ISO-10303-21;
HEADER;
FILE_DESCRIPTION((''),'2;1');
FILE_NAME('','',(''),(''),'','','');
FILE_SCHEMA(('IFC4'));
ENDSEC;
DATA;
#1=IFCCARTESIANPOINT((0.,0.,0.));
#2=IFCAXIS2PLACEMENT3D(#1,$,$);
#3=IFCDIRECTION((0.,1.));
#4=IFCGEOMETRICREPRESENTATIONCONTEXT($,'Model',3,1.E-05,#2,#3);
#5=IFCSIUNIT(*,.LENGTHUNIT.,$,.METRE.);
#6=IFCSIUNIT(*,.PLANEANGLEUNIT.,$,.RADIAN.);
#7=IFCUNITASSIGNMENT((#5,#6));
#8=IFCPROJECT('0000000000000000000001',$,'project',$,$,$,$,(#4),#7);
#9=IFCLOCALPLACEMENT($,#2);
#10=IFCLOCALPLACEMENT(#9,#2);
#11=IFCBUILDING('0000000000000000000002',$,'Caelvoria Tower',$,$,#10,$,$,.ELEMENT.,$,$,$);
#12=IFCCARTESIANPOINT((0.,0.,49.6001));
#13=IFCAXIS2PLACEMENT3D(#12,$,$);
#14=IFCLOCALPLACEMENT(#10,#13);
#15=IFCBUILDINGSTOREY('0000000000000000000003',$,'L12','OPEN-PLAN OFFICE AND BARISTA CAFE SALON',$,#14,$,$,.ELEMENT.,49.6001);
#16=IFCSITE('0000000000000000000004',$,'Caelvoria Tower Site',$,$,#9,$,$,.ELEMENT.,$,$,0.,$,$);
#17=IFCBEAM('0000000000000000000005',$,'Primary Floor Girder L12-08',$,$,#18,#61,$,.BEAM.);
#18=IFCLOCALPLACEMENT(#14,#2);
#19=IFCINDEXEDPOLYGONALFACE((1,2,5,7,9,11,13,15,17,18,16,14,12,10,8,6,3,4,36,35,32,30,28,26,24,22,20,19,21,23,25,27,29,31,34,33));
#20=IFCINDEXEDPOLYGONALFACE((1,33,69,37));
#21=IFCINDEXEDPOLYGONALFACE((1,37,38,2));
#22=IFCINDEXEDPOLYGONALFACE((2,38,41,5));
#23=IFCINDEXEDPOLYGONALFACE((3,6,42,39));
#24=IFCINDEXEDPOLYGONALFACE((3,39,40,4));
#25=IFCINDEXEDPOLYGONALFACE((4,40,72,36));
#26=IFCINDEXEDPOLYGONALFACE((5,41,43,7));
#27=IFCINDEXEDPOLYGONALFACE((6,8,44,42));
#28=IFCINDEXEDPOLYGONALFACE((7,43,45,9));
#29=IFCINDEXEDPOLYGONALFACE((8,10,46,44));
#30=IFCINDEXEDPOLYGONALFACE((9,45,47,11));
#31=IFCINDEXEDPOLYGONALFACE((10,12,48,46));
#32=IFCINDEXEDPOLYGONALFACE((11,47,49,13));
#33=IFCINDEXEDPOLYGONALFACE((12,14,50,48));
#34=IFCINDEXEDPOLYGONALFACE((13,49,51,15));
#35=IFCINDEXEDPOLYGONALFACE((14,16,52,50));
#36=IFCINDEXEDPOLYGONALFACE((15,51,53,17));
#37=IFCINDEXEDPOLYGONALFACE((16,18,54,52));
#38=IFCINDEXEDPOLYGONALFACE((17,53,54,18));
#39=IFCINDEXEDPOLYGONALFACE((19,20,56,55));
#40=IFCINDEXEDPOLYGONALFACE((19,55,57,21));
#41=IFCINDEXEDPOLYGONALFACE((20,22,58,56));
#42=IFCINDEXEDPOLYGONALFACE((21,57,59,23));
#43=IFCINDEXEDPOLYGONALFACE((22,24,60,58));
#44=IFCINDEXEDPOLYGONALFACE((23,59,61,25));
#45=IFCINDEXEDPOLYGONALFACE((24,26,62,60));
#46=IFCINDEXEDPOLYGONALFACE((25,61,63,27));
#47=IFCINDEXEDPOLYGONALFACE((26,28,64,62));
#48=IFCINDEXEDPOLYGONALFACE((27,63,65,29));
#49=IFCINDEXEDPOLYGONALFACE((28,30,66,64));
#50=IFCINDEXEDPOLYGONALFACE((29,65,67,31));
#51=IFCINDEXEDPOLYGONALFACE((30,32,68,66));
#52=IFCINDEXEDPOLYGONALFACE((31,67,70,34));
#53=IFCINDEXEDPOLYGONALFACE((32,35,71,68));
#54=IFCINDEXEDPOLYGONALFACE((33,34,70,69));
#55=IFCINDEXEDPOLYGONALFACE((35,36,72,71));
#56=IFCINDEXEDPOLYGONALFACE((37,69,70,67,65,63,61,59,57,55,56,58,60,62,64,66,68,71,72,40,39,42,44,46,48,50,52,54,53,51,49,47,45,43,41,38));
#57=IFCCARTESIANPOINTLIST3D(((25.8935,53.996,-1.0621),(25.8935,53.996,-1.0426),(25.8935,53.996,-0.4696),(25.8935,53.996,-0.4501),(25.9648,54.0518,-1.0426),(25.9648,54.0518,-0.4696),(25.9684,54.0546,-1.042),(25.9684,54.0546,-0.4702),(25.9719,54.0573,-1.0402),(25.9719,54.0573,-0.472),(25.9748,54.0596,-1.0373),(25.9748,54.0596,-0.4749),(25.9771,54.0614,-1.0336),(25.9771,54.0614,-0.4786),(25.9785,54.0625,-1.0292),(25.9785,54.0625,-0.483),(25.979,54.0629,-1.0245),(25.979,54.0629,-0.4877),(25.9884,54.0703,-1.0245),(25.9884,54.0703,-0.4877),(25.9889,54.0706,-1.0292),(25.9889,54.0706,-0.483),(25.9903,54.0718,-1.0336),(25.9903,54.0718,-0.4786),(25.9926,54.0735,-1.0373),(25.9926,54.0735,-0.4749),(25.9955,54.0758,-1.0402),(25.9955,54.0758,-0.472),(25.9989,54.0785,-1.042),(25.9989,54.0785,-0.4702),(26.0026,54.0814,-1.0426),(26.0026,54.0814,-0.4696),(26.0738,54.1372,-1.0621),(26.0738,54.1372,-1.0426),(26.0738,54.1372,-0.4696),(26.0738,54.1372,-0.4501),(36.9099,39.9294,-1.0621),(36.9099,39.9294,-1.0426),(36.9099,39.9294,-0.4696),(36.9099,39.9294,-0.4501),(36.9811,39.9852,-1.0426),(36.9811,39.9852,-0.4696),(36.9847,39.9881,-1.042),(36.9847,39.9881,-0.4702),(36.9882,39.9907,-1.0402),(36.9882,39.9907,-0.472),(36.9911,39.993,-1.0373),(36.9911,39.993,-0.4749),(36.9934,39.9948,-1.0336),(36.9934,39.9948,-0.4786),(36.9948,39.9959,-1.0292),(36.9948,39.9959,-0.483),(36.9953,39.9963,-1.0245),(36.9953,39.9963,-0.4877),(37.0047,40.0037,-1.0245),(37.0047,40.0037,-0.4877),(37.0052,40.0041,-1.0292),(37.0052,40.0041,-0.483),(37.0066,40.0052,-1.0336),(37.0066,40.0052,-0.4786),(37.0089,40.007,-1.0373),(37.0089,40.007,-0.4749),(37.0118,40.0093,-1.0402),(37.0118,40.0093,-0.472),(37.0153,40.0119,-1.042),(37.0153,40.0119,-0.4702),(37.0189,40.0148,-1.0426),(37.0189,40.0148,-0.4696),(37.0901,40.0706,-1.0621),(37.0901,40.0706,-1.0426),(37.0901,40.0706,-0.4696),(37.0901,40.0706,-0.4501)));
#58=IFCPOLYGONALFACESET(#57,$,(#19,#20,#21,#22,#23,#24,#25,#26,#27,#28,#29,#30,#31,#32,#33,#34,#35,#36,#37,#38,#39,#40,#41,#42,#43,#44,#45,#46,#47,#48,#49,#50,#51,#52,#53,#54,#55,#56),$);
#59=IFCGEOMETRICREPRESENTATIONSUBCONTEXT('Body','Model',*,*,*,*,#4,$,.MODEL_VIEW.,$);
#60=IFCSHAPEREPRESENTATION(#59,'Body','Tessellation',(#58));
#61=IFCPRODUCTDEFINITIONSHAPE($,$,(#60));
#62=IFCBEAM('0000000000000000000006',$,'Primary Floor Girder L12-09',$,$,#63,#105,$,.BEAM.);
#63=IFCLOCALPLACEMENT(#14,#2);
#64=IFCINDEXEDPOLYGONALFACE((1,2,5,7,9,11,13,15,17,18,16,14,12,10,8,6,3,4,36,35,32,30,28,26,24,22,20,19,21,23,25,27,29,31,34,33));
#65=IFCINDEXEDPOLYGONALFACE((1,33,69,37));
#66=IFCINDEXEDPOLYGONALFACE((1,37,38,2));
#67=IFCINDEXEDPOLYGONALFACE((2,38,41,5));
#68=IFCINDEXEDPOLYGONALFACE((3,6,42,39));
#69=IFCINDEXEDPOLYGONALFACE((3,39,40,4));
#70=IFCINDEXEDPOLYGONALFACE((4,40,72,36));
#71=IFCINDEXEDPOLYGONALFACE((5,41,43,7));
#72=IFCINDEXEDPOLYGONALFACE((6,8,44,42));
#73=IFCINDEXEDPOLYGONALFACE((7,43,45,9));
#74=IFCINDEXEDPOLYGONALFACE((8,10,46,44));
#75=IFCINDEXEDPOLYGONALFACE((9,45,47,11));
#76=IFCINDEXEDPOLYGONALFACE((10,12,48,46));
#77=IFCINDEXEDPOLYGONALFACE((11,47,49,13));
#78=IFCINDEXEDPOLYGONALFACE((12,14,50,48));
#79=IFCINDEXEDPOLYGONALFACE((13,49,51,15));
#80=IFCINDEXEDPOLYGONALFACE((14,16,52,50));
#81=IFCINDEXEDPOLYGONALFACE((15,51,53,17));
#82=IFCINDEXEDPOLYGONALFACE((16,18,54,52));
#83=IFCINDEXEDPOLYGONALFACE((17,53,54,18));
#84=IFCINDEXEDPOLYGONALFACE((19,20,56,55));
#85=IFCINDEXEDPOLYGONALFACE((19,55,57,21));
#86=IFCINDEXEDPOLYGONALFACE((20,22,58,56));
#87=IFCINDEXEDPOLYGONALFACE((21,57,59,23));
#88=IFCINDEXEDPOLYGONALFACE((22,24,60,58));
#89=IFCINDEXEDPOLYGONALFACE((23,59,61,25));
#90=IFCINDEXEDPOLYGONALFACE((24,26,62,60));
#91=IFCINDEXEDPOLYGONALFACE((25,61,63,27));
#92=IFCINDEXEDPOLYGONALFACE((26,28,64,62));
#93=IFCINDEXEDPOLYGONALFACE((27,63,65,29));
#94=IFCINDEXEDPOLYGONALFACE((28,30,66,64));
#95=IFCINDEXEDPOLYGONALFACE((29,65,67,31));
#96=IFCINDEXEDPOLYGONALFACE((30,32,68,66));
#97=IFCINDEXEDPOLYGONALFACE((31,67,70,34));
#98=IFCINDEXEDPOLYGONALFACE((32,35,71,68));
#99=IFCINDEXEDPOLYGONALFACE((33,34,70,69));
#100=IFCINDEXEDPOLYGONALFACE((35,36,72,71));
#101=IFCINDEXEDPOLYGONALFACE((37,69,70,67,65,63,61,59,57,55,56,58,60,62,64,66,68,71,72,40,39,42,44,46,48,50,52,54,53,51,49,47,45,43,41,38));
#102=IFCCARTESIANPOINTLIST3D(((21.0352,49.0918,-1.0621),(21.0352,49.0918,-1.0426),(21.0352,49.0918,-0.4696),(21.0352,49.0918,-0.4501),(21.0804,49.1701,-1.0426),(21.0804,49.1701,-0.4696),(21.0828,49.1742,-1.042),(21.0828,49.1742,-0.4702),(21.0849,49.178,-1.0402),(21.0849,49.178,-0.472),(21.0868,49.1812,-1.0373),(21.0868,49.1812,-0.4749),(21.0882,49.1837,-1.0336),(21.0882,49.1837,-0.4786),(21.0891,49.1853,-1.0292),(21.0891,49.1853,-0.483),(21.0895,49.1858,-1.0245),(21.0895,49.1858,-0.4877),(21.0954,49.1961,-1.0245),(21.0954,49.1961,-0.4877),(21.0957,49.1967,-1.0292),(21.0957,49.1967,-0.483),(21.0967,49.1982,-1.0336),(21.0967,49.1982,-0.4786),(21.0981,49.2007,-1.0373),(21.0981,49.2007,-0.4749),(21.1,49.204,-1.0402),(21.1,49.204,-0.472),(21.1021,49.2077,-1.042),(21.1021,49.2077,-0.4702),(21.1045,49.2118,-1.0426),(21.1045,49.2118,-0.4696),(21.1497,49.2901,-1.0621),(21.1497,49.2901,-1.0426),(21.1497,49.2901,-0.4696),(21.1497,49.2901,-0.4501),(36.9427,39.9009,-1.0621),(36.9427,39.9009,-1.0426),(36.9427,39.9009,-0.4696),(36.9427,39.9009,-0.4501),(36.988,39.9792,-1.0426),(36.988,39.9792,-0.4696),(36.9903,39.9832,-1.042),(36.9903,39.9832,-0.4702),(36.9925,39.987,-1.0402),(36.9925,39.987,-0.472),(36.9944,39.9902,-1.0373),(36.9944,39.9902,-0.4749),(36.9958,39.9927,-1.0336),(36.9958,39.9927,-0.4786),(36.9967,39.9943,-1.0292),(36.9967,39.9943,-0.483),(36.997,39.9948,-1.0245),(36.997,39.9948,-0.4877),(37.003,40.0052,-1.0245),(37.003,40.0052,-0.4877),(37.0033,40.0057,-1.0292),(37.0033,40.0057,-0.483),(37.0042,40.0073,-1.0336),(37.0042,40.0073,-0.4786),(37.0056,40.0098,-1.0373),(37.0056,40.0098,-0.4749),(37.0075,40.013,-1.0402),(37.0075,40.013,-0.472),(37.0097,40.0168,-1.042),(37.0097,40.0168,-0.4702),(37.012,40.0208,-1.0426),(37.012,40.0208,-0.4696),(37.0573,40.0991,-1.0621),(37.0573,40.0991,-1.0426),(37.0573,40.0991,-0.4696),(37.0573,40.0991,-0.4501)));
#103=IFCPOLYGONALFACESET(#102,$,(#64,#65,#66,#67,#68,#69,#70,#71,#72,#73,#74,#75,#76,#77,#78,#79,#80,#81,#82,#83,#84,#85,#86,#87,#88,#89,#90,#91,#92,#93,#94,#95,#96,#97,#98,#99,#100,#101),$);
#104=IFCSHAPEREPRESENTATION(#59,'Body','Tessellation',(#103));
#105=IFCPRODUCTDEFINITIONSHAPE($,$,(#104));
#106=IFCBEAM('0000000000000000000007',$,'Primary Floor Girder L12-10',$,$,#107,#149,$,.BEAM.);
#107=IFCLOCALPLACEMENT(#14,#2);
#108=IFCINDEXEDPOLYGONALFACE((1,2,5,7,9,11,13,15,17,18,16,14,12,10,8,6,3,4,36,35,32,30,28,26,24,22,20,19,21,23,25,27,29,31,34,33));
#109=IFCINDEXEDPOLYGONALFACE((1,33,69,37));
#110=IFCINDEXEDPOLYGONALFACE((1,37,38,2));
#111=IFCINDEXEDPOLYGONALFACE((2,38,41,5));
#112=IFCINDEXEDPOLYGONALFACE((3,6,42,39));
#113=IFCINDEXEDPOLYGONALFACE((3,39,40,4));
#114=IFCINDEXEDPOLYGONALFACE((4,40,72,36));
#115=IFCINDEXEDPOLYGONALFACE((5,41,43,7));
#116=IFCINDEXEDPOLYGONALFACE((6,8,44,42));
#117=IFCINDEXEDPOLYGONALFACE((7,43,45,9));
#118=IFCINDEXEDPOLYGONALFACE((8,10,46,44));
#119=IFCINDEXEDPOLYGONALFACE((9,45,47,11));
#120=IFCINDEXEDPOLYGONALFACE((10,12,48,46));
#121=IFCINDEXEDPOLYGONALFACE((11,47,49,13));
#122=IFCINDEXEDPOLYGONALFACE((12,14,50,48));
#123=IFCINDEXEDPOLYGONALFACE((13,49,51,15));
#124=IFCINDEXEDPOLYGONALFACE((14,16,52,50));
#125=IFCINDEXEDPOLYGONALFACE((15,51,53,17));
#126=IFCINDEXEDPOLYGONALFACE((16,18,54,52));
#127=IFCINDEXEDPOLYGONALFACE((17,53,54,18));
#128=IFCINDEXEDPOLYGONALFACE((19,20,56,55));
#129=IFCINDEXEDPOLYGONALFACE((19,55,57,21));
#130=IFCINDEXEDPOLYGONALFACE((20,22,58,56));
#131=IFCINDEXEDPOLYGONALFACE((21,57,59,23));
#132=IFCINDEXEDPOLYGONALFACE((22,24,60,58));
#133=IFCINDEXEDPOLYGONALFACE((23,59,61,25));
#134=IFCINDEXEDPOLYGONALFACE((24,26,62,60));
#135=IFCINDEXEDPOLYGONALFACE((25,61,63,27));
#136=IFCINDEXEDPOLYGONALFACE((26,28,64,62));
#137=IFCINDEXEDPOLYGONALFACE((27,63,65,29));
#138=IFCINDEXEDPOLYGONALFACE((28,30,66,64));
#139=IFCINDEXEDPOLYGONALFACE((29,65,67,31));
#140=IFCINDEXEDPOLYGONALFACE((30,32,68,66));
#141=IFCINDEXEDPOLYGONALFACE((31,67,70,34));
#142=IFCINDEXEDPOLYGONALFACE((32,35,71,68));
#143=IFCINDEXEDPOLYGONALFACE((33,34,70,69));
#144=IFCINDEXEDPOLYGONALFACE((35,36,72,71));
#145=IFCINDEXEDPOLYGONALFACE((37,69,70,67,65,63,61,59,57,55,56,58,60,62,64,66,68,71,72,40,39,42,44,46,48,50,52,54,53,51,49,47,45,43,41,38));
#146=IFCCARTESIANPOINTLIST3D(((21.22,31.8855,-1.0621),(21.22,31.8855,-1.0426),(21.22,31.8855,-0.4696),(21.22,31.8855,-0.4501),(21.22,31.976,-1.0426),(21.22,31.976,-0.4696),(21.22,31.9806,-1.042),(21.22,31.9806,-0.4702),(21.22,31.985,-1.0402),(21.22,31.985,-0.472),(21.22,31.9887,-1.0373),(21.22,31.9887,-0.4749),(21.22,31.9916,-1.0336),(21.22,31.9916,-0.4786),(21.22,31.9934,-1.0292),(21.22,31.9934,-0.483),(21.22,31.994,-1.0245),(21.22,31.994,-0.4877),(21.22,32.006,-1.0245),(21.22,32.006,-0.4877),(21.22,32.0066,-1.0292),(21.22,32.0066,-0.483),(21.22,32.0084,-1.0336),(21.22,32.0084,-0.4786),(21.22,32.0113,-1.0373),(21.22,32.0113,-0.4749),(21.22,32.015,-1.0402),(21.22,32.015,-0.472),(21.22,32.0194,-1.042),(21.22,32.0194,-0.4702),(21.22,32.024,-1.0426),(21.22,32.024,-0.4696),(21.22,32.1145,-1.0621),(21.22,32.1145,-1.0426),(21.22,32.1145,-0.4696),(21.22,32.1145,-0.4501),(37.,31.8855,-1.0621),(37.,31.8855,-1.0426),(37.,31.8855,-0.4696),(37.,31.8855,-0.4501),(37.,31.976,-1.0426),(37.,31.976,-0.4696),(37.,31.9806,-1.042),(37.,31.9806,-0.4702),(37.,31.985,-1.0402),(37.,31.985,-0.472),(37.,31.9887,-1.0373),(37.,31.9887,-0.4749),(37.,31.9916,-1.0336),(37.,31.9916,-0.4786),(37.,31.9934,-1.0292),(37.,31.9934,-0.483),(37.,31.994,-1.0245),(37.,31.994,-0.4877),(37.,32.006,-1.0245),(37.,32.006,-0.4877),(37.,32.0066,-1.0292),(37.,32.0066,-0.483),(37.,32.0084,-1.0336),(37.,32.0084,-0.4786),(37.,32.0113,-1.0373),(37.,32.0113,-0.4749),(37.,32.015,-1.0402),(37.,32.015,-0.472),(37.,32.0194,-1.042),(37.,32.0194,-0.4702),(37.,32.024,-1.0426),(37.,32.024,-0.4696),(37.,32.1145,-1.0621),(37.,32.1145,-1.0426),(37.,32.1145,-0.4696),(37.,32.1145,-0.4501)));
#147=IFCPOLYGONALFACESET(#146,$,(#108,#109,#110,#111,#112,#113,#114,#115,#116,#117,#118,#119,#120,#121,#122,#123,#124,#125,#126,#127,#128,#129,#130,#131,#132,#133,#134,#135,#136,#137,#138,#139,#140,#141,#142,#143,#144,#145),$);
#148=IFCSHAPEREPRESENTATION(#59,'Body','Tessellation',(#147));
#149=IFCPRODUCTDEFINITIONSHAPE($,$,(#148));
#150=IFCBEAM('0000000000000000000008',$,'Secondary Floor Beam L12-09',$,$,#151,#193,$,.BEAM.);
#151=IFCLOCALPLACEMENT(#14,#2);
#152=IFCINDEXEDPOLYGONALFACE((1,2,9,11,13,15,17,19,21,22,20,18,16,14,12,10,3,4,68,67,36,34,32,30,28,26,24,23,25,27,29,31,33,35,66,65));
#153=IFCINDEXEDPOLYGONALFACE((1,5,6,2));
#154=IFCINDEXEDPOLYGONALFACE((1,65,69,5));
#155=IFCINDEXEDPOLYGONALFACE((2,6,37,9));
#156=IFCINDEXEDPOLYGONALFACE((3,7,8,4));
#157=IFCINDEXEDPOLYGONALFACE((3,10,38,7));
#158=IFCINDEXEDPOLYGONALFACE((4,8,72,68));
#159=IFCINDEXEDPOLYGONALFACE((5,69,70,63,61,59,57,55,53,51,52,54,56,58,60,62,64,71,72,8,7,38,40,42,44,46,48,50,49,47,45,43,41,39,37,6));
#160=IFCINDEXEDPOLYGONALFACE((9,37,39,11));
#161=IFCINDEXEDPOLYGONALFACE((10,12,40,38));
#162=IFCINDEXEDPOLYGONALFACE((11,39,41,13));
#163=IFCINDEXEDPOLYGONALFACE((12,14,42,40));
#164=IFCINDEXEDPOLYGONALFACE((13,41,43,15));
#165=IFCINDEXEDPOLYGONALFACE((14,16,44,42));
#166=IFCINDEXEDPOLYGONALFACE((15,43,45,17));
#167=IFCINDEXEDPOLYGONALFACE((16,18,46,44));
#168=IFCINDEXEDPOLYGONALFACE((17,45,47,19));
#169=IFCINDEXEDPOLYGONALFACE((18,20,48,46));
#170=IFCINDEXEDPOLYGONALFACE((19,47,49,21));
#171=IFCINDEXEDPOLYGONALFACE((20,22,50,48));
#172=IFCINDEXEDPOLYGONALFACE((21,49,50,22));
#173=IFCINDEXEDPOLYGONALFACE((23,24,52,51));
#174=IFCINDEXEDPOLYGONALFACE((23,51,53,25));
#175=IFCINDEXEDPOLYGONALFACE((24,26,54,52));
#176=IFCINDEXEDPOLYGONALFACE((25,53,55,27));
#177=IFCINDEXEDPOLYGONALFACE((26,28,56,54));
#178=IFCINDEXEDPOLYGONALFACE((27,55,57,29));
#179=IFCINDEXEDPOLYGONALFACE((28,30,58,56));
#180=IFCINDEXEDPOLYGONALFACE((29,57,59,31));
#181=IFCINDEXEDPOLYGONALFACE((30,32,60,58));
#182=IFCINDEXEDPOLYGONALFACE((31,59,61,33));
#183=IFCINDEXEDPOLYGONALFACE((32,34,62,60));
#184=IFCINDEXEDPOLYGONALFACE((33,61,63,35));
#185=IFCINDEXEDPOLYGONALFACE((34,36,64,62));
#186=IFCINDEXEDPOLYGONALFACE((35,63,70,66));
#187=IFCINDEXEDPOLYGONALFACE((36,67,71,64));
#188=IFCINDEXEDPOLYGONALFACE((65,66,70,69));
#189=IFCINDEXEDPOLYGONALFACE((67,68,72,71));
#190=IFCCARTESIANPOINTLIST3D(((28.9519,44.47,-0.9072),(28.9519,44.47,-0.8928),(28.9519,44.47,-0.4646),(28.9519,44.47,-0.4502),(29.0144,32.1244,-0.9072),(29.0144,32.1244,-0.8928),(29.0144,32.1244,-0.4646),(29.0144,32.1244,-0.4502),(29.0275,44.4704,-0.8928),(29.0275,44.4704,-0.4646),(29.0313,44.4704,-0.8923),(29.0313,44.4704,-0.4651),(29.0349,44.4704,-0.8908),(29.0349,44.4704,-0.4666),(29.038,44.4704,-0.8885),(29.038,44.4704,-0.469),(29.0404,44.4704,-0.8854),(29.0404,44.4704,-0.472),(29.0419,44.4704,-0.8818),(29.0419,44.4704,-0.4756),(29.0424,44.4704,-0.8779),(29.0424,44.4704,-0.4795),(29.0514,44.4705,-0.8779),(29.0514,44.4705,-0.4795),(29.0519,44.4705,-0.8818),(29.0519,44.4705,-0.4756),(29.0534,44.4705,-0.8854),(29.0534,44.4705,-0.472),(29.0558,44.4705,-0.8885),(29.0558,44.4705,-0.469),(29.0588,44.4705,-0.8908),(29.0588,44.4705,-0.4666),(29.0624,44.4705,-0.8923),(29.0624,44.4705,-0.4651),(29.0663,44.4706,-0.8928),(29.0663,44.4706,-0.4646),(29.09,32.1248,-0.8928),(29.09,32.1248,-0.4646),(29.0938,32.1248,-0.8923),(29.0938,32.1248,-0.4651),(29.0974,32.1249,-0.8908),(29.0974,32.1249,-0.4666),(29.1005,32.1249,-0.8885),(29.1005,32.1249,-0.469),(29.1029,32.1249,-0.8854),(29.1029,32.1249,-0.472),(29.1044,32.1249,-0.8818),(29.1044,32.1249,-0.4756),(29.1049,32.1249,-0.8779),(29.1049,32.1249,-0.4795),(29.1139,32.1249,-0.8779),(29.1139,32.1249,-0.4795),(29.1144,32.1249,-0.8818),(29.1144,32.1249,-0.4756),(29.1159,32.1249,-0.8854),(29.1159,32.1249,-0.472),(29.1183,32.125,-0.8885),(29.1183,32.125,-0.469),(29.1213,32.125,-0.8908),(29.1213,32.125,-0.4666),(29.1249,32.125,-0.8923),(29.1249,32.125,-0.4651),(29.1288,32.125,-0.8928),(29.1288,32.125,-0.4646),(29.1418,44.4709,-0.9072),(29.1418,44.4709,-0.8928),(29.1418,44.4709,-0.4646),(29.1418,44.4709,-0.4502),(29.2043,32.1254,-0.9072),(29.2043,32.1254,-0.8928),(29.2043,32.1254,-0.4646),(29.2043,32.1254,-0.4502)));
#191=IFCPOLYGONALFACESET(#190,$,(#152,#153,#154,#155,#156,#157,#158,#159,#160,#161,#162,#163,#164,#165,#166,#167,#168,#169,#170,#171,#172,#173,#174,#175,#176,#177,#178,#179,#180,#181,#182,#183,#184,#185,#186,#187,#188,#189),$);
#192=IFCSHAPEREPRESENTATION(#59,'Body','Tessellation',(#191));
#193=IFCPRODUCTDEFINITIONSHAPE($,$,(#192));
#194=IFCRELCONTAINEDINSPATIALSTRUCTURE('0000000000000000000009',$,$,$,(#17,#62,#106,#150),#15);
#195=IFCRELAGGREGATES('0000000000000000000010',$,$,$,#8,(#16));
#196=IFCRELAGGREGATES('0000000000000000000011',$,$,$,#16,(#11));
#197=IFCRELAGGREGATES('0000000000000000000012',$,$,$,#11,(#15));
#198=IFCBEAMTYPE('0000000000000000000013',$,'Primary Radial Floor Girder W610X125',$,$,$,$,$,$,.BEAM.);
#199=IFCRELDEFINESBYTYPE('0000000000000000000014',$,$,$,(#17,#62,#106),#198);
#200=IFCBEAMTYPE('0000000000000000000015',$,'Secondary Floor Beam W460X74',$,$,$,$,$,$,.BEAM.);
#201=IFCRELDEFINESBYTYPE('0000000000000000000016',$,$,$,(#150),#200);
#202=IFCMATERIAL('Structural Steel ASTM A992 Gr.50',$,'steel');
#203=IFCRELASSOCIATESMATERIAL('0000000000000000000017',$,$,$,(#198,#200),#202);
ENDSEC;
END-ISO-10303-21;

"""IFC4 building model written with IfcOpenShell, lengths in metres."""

from ifc_helpers import new_model, si_unit, direction, frame, origin, origin_2d, place, context, subcontext, project, spatial, i_section, extrude, material, material_profile, profile_set, type_object, element, save


model = new_model("IFC4")

# Units and contexts
model_context = context("Model", 3, precision=1e-05, world=origin(), true_north=direction((0.0, 1.0)))
body_context = subcontext(model_context, "Body", "Model", "MODEL_VIEW")
ifc_project = project(units=[si_unit("LENGTHUNIT", "METRE"), si_unit("PLANEANGLEUNIT", "RADIAN")], contexts=[model_context])

# Site, building, storey
site_placement = place(None, origin())
site = spatial("IfcSite", under=ifc_project, at=site_placement, Name="Caelvoria Tower Site", CompositionType="ELEMENT", RefElevation=0.0)
building_placement = place(site_placement, origin())
building = spatial("IfcBuilding", under=site, at=building_placement, Name="Caelvoria Tower", CompositionType="ELEMENT")
storey_placement = place(building_placement, frame((0.0, 0.0, 49.6001)))
storey = spatial("IfcBuildingStorey", under=building, at=storey_placement, Name="L12", Description="OPEN-PLAN OFFICE AND BARISTA CAFE SALON", CompositionType="ELEMENT", Elevation=49.6001)

# Beams
ifc_material_1 = material(Name="Structural Steel ASTM A992 Gr.50", Category="steel")
ifc_material_profile_1 = material_profile(ifc_material_1, i_section(OverallWidth=0.229, OverallDepth=0.6121, WebThickness=0.012, FlangeThickness=0.0195, FilletRadius=0.0181, at=origin_2d()), Name="Structural Steel ASTM A992 Gr.50")
ifc_profile_set_1 = profile_set([ifc_material_profile_1], Name="W610X125 - Structural Steel ASTM A992 Gr.50")
beam_type_1 = type_object("IfcBeamType", Name="Primary Radial Floor Girder W610X125", PredefinedType="BEAM", material=ifc_profile_set_1)
beam_1_placement = place(storey_placement, frame((37.0, 40.0, -0.7561), z_axis=(-0.616575, 0.787296, 0.0), x_axis=(-0.787296, -0.616575, 0.0)))
element("IfcBeam", 1, at=beam_1_placement, inside=storey, type_object=beam_type_1, Name="Primary Floor Girder L12-08", PredefinedType="BEAM", context=body_context, shape_type="SweptSolid", body=[
    extrude(i_section(OverallWidth=0.229, OverallDepth=0.6121, WebThickness=0.012, FlangeThickness=0.0195, FilletRadius=0.0181, at=origin_2d()), origin(), (0.0, 0.0, 1.0), 17.8669),
])
beam_2_placement = place(storey_placement, frame((37.0, 40.0, -0.7561), z_axis=(-0.865867, 0.500275, 0.0), x_axis=(-0.500275, -0.865867, 0.0)))
element("IfcBeam", 2, at=beam_2_placement, inside=storey, type_object=beam_type_1, Name="Primary Floor Girder L12-09", PredefinedType="BEAM", context=body_context, shape_type="SweptSolid", body=[
    extrude(i_section(OverallWidth=0.229, OverallDepth=0.6121, WebThickness=0.012, FlangeThickness=0.0195, FilletRadius=0.0181, at=origin_2d()), origin(), (0.0, 0.0, 1.0), 18.3718),
])
beam_3_placement = place(storey_placement, frame((37.0, 32.0, -0.7561), z_axis=(-1.0, 0.0, 0.0), x_axis=(0.0, -1.0, 0.0)))
element("IfcBeam", 3, at=beam_3_placement, inside=storey, type_object=beam_type_1, Name="Primary Floor Girder L12-10", PredefinedType="BEAM", context=body_context, shape_type="SweptSolid", body=[
    extrude(i_section(OverallWidth=0.229, OverallDepth=0.6121, WebThickness=0.012, FlangeThickness=0.0195, FilletRadius=0.0181, at=origin_2d()), origin(), (0.0, 0.0, 1.0), 15.78),
])
ifc_material_profile_2 = material_profile(ifc_material_1, i_section(OverallWidth=0.1899, OverallDepth=0.457, WebThickness=0.009, FlangeThickness=0.0144, FilletRadius=0.0149, at=origin_2d()), Name="Structural Steel ASTM A992 Gr.50")
ifc_profile_set_2 = profile_set([ifc_material_profile_2], Name="W460X74 - Structural Steel ASTM A992 Gr.50")
beam_type_2 = type_object("IfcBeamType", Name="Secondary Floor Beam W460X74", PredefinedType="BEAM", material=ifc_profile_set_2)
for number, where, z_axis, x_axis, name in (
    (4, (29.0469, 44.4705, -0.6787), (0.005063, -0.999987, 0.0), (0.999987, 0.005063, 0.0), "Secondary Floor Beam L12-09"),
):
    element("IfcBeam", number, at=place(storey_placement, frame(where, z_axis=z_axis, x_axis=x_axis)), inside=storey, type_object=beam_type_2, Name=name, PredefinedType="BEAM", context=body_context, shape_type="SweptSolid", body=[
        extrude(i_section(OverallWidth=0.1899, OverallDepth=0.457, WebThickness=0.009, FlangeThickness=0.0144, FilletRadius=0.0149, at=origin_2d()), origin(), (0.0, 0.0, 1.0), 12.3457),
    ])

save(model, "model.ifc")
